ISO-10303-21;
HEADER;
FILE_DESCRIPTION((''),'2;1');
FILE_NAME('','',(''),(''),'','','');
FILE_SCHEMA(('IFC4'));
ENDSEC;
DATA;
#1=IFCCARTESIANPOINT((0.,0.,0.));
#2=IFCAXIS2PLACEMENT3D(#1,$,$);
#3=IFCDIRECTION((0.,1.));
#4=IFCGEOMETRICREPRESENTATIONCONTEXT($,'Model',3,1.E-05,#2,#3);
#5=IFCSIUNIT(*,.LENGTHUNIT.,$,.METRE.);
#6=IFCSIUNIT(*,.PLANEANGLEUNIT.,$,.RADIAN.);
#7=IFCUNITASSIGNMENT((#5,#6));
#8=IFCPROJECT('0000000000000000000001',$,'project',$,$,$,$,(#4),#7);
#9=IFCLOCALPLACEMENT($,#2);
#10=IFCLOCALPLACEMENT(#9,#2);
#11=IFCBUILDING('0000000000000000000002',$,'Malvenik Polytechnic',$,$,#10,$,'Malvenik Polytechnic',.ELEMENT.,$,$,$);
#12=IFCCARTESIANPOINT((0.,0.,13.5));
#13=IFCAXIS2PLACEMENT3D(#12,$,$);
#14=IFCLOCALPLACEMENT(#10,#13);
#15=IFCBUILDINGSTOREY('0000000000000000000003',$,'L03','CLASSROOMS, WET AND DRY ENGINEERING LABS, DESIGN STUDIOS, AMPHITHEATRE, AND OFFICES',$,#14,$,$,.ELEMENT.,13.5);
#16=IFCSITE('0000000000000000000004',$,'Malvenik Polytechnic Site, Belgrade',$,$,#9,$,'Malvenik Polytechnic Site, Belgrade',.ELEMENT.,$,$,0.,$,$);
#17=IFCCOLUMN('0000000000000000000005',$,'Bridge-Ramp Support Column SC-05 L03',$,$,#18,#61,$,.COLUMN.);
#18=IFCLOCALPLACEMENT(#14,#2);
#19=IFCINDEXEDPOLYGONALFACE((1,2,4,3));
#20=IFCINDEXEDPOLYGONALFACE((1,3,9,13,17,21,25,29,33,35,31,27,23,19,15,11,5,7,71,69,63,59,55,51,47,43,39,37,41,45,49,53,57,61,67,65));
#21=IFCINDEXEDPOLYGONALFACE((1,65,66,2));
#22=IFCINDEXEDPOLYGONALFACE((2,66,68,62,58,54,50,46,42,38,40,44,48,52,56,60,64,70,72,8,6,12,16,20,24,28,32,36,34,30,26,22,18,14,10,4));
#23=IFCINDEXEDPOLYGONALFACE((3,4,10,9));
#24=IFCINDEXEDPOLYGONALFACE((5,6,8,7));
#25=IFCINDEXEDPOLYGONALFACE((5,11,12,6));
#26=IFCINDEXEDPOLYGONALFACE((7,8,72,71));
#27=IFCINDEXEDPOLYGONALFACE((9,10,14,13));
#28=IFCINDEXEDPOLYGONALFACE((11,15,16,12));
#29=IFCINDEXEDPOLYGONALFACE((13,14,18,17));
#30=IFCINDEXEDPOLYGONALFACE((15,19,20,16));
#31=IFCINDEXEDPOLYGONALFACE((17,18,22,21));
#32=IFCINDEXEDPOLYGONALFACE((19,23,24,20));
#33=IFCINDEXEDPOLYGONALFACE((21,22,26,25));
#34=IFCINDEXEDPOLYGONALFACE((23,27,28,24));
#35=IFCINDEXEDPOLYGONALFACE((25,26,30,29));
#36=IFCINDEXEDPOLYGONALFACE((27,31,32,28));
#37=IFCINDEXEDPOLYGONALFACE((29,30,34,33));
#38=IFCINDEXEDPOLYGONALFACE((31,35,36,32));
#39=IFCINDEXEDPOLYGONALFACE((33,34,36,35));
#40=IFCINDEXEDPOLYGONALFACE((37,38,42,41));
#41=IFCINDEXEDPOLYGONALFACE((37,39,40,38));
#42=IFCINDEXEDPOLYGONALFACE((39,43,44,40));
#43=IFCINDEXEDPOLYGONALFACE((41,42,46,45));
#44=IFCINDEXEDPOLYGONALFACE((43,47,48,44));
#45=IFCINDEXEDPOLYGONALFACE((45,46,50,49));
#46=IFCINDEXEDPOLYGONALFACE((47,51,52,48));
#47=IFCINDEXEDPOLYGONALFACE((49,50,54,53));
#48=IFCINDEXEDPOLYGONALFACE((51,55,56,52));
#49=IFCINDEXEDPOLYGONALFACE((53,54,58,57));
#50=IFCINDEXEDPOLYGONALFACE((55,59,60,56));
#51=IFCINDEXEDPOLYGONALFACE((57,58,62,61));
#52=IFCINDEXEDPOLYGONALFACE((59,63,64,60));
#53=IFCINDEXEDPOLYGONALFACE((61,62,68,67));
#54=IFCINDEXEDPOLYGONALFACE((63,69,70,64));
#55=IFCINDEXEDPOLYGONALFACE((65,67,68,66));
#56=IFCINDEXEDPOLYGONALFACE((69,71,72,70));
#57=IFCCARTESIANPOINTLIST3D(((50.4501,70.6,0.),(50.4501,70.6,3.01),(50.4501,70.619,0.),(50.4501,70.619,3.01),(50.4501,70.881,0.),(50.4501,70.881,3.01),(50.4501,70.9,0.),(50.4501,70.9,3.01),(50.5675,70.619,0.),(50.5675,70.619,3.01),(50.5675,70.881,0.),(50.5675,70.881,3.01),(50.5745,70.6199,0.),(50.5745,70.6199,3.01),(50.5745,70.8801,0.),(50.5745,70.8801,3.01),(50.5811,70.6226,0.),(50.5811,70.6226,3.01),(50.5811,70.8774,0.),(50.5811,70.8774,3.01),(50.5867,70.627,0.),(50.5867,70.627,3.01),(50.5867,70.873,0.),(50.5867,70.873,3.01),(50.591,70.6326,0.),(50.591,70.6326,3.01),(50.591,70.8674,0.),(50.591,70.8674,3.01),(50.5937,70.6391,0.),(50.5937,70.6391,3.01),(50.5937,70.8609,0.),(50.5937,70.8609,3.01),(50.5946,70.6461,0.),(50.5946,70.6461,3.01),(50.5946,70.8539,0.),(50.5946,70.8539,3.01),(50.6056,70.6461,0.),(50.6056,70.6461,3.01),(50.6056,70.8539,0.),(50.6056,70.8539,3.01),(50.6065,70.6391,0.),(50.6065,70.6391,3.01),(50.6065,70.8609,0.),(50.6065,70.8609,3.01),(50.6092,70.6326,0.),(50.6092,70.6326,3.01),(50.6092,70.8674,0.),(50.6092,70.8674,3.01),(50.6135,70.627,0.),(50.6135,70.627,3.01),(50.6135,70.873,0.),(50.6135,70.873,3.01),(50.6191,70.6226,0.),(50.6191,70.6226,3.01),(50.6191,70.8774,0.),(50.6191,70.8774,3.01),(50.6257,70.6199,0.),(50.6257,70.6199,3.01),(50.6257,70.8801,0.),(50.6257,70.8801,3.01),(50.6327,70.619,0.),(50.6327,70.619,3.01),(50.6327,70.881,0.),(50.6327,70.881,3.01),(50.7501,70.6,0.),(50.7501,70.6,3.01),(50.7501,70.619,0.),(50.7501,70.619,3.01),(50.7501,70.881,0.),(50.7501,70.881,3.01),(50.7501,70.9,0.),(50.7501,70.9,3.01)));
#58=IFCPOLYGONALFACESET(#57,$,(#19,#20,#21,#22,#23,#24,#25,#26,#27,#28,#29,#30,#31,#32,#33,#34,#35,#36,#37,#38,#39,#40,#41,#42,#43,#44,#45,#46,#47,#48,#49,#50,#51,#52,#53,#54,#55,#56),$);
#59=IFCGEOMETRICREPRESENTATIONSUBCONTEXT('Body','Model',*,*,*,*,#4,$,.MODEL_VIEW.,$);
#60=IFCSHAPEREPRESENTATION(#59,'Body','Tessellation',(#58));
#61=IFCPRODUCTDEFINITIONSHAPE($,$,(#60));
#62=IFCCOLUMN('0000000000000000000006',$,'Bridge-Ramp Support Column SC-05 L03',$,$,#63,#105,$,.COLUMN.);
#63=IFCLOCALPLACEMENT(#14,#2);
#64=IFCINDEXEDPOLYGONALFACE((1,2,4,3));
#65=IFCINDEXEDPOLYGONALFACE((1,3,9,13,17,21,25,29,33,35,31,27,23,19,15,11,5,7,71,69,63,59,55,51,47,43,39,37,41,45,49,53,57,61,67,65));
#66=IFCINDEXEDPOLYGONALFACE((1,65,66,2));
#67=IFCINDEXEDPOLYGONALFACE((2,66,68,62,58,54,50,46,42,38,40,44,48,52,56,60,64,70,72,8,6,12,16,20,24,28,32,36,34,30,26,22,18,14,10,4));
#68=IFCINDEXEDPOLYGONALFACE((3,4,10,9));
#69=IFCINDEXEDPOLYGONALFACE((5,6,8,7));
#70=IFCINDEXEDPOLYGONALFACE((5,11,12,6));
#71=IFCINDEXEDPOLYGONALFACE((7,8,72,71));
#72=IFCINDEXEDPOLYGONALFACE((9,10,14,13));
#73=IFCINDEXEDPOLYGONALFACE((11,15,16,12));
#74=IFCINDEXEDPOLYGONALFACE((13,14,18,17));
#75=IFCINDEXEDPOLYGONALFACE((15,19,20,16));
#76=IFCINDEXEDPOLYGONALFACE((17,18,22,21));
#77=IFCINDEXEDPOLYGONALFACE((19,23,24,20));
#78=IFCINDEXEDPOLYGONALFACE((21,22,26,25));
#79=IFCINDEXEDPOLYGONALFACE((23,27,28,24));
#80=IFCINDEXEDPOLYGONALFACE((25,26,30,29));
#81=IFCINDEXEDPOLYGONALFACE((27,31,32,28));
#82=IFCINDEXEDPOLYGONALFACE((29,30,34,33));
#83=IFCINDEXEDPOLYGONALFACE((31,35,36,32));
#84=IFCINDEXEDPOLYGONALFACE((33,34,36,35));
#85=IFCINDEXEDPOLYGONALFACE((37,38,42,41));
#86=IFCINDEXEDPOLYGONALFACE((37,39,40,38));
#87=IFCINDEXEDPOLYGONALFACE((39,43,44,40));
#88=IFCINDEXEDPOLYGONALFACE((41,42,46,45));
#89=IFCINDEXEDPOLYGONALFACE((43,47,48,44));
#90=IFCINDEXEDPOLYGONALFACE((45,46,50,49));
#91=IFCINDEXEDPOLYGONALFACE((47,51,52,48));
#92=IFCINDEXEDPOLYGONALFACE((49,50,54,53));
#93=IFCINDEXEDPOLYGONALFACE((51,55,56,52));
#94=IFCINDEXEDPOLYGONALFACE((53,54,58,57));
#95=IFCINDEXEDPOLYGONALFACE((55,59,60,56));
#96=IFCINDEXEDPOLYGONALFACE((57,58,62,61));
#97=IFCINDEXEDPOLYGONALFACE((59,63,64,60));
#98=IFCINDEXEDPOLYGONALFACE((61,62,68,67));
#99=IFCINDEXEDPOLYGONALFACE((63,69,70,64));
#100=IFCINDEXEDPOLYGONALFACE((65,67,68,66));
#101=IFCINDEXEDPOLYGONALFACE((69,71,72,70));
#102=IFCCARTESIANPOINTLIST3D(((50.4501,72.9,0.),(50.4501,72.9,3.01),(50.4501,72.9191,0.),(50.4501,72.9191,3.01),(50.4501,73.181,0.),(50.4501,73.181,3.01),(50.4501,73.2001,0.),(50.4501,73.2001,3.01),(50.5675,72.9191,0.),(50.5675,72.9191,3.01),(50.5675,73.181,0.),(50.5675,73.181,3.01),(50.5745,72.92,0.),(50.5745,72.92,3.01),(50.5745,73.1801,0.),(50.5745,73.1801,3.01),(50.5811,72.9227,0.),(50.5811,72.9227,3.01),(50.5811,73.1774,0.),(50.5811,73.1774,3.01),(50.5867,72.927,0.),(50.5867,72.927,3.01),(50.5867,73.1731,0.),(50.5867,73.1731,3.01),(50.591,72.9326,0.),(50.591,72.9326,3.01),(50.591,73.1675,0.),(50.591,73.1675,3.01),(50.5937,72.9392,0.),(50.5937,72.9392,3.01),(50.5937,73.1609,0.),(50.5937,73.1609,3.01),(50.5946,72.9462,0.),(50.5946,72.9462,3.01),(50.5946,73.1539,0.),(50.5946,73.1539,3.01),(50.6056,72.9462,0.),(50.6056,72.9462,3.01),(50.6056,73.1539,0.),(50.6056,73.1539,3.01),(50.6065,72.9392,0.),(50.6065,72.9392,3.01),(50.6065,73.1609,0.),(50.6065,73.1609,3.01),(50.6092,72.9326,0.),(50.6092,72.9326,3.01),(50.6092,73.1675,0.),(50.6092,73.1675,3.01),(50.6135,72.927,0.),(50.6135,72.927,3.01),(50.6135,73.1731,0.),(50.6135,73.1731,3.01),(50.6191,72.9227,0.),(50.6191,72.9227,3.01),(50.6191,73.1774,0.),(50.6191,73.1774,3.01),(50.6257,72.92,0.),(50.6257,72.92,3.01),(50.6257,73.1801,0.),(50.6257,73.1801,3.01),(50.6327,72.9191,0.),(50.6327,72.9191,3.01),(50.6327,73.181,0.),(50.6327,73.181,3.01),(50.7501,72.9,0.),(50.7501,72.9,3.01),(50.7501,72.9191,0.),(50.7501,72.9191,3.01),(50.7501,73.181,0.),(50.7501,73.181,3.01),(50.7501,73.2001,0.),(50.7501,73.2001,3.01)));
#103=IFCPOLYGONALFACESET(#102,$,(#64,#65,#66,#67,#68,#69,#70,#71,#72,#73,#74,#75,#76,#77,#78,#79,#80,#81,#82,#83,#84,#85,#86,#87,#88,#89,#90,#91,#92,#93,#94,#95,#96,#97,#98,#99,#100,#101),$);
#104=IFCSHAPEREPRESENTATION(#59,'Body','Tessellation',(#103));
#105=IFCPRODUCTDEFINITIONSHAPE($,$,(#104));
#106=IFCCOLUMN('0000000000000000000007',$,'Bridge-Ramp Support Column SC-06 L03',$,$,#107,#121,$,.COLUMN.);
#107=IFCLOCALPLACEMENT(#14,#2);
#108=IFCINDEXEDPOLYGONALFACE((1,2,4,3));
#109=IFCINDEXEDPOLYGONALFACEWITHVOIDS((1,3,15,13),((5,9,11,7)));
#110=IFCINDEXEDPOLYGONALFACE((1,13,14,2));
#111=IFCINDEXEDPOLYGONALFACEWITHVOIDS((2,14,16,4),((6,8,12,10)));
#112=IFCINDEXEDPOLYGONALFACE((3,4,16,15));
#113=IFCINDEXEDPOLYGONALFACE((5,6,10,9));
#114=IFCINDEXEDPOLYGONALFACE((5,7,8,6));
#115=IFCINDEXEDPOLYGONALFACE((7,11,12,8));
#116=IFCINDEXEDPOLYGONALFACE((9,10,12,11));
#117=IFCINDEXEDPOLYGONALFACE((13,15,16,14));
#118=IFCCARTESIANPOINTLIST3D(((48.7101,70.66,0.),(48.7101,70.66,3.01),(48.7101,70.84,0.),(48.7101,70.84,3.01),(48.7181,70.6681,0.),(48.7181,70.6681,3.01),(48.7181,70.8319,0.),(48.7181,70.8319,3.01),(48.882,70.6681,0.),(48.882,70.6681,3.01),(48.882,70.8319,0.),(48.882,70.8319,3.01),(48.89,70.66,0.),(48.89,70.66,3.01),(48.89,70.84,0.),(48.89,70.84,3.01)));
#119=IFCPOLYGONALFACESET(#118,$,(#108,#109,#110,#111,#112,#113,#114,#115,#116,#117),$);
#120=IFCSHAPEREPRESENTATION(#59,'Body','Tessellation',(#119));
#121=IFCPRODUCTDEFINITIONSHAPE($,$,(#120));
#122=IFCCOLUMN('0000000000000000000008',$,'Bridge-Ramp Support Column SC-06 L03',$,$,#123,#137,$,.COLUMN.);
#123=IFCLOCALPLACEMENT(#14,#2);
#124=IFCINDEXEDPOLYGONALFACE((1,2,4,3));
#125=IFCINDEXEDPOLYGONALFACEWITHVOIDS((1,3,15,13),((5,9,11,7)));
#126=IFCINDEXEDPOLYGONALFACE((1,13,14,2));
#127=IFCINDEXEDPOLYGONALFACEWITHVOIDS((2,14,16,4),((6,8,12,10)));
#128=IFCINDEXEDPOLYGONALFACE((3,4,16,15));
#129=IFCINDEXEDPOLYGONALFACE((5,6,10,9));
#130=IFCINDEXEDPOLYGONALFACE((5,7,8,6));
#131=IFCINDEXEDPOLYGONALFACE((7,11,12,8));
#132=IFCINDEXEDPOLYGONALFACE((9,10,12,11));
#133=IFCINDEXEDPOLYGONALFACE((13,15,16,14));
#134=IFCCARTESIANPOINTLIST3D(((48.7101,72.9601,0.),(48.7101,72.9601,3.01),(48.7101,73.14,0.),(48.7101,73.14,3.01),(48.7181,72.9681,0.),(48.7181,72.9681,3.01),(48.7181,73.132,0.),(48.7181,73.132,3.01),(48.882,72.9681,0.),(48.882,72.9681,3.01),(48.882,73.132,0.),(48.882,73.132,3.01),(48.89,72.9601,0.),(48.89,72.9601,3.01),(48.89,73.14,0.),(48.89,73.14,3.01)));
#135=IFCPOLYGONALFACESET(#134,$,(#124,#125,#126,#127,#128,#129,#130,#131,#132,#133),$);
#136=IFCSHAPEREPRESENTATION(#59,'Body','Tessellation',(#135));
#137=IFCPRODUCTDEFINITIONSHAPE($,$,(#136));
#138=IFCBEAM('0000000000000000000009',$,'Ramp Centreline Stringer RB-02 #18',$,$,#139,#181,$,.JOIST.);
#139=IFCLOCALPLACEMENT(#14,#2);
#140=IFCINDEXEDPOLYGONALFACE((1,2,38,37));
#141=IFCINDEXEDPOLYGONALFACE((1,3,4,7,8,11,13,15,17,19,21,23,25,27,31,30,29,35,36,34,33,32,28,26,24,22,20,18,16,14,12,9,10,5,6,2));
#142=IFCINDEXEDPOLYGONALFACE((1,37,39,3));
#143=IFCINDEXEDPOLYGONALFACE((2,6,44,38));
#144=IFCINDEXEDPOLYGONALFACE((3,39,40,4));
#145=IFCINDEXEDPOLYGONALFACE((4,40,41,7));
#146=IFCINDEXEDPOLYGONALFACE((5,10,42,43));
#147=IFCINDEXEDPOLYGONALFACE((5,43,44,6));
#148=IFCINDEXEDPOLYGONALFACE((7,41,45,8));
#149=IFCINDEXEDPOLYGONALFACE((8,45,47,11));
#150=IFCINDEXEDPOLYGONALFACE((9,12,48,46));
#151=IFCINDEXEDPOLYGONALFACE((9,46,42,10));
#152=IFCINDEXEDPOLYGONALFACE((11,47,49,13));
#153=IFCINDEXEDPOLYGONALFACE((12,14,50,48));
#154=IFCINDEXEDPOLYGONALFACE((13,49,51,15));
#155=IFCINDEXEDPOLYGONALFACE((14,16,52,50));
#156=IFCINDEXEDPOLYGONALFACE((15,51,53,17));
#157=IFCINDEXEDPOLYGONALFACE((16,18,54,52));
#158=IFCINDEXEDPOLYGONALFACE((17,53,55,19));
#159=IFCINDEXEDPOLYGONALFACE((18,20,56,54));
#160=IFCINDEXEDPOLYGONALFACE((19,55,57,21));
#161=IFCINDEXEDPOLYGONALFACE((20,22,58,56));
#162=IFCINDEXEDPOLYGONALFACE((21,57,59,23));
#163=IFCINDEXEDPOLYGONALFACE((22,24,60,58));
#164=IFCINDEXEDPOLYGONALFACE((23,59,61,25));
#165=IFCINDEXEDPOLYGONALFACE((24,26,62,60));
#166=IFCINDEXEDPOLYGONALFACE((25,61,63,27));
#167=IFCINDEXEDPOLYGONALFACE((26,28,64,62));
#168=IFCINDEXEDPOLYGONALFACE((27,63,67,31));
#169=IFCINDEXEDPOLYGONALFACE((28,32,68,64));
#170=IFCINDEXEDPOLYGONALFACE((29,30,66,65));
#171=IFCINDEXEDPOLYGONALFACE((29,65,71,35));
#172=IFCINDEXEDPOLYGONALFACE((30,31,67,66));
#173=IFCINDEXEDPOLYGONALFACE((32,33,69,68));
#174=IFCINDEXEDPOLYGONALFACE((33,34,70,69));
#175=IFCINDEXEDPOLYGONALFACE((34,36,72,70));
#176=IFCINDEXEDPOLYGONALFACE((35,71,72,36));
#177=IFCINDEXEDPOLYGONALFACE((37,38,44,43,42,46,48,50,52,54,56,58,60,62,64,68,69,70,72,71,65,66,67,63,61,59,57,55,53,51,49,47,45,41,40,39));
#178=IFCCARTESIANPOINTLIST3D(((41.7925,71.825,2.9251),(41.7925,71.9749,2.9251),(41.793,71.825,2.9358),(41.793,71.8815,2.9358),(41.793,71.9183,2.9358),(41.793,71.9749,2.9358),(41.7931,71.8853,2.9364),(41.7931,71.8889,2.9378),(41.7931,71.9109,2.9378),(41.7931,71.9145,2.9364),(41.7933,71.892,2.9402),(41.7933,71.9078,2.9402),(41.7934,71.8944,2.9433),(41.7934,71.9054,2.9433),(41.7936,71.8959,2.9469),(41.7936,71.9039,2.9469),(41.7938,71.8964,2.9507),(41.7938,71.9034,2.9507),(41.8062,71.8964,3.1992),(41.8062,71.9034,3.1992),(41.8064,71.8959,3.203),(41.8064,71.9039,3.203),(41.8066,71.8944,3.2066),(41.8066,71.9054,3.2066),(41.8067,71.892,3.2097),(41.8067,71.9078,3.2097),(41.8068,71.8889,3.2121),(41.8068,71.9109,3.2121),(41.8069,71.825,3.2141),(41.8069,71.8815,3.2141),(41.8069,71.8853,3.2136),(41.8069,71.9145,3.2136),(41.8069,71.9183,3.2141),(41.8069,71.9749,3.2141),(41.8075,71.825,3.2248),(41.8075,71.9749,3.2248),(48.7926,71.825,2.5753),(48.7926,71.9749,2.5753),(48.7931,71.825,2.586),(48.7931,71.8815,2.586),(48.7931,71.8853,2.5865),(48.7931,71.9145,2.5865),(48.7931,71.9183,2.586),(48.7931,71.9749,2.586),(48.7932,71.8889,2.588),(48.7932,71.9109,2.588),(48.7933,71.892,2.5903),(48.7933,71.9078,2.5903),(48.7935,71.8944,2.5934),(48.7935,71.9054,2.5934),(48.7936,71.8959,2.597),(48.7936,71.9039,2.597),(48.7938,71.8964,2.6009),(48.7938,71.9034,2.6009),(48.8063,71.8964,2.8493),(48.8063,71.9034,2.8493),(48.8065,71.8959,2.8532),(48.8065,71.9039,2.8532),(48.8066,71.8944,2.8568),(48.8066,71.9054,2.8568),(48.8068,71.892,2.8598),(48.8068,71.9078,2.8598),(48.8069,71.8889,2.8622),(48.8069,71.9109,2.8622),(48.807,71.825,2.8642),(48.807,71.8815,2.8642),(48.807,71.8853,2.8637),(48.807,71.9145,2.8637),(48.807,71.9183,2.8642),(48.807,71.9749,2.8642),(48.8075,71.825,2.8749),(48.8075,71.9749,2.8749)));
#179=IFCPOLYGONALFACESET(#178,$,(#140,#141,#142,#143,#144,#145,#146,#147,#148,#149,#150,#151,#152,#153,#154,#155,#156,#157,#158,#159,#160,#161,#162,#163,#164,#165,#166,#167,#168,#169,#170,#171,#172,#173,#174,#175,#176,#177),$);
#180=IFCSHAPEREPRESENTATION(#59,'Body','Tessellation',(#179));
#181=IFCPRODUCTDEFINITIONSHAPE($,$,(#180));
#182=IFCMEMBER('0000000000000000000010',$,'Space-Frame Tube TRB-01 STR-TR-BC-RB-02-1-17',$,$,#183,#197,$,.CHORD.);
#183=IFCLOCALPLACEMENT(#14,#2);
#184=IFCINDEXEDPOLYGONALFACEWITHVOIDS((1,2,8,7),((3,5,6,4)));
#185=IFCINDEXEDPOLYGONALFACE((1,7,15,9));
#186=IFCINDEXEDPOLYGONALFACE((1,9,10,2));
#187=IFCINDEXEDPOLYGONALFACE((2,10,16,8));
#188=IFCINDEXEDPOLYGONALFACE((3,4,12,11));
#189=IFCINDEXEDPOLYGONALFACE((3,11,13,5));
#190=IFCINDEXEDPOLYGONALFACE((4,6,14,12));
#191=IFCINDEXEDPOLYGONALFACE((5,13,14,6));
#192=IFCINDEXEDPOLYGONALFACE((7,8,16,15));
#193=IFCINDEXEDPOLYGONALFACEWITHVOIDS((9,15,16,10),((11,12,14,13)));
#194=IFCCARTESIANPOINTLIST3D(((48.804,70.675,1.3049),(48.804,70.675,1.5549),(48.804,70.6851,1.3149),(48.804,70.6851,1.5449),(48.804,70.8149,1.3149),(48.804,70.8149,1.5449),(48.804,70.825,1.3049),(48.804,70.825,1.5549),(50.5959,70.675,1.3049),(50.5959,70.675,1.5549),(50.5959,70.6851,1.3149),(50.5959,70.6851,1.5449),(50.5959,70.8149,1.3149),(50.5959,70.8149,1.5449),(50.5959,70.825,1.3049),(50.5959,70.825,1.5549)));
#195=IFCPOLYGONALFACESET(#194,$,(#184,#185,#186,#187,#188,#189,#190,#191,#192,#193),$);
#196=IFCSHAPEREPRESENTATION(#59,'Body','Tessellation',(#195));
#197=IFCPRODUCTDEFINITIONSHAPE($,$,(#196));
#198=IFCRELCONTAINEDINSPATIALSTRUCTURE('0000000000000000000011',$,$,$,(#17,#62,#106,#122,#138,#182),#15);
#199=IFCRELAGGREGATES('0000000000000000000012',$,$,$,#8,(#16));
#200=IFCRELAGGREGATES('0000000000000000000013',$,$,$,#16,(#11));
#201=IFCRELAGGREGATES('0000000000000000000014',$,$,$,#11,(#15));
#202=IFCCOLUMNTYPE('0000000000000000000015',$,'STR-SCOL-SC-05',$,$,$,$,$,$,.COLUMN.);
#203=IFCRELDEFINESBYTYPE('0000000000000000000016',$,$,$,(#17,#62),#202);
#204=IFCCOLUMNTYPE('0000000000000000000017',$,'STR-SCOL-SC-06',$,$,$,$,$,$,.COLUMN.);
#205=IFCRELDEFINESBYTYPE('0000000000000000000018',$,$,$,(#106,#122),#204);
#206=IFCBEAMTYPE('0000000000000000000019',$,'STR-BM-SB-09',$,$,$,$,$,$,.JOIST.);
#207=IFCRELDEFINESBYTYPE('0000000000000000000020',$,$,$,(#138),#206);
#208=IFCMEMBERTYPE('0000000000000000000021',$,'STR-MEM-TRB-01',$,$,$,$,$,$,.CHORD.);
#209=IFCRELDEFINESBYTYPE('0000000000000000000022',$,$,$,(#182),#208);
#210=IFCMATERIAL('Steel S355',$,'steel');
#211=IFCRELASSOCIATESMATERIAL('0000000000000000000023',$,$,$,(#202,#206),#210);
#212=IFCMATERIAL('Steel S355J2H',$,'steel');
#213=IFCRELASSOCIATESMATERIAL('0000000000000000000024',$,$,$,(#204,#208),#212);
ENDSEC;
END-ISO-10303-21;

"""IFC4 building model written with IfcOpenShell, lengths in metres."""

from ifc_helpers import new_model, si_unit, direction, frame, origin, origin_2d, place, context, subcontext, project, spatial, hollow_rectangle, i_section, extrude, material, material_profile, profile_set, type_object, element, save


model = new_model("IFC4")

# Units and contexts
model_context = context("Model", 3, precision=1e-05, world=origin(), true_north=direction((0.0, 1.0)))
body_context = subcontext(model_context, "Body", "Model", "MODEL_VIEW")
ifc_project = project(units=[si_unit("LENGTHUNIT", "METRE"), si_unit("PLANEANGLEUNIT", "RADIAN")], contexts=[model_context])

# Site, building, storey
site_placement = place(None, origin())
site = spatial("IfcSite", under=ifc_project, at=site_placement, Name="Malvenik Polytechnic Site, Belgrade", LongName="Malvenik Polytechnic Site, Belgrade", CompositionType="ELEMENT", RefElevation=0.0)
building_placement = place(site_placement, origin())
building = spatial("IfcBuilding", under=site, at=building_placement, Name="Malvenik Polytechnic", LongName="Malvenik Polytechnic", CompositionType="ELEMENT")
storey_placement = place(building_placement, frame((0.0, 0.0, 13.5)))
storey = spatial("IfcBuildingStorey", under=building, at=storey_placement, Name="L03", Description="CLASSROOMS, WET AND DRY ENGINEERING LABS, DESIGN STUDIOS, AMPHITHEATRE, AND OFFICES", CompositionType="ELEMENT", Elevation=13.5)

# Columns
ifc_material_1 = material(Name="Steel S355", Category="steel")
ifc_material_profile_1 = material_profile(ifc_material_1, i_section(OverallWidth=0.3, OverallDepth=0.3, WebThickness=0.011, FlangeThickness=0.019, FilletRadius=0.0271, at=origin_2d()), Name="HEB 300")
ifc_profile_set_1 = profile_set([ifc_material_profile_1], Name="Steel S355")
column_type_1 = type_object("IfcColumnType", Name="STR-SCOL-SC-05", PredefinedType="COLUMN", material=ifc_profile_set_1)
for number, where, z_axis, x_axis, name in (
    (1, (50.6001, 70.75, 0.0), (0.0, 0.0, 1.0), (1.0, 0.0, 0.0), "Bridge-Ramp Support Column SC-05 L03"),
    (2, (50.6001, 73.05, 0.0), (0.0, 0.0, 1.0), (1.0, 0.0, 0.0), "Bridge-Ramp Support Column SC-05 L03"),
):
    element("IfcColumn", number, at=place(storey_placement, frame(where, z_axis=z_axis, x_axis=x_axis)), inside=storey, type_object=column_type_1, Name=name, PredefinedType="COLUMN", context=body_context, shape_type="SweptSolid", body=[
        extrude(i_section(OverallWidth=0.3, OverallDepth=0.3, WebThickness=0.011, FlangeThickness=0.019, FilletRadius=0.0271, at=origin_2d()), origin(), (0.0, 0.0, 1.0), 3.01),
    ])
ifc_material_2 = material(Name="Steel S355J2H", Category="steel")
ifc_material_profile_2 = material_profile(ifc_material_2, hollow_rectangle(XDim=0.1799, YDim=0.1799, WallThickness=0.0081, at=origin_2d()), Name="SHS 180x180x8.0")
ifc_profile_set_2 = profile_set([ifc_material_profile_2], Name="Steel S355J2H")
column_type_2 = type_object("IfcColumnType", Name="STR-SCOL-SC-06", PredefinedType="COLUMN", material=ifc_profile_set_2)
for number, where, z_axis, x_axis, name in (
    (3, (48.8, 70.75, 0.0), (0.0, 0.0, 1.0), (1.0, 0.0, 0.0), "Bridge-Ramp Support Column SC-06 L03"),
    (4, (48.8, 73.05, 0.0), (0.0, 0.0, 1.0), (1.0, 0.0, 0.0), "Bridge-Ramp Support Column SC-06 L03"),
):
    element("IfcColumn", number, at=place(storey_placement, frame(where, z_axis=z_axis, x_axis=x_axis)), inside=storey, type_object=column_type_2, Name=name, PredefinedType="COLUMN", context=body_context, shape_type="SweptSolid", body=[
        extrude(hollow_rectangle(XDim=0.1799, YDim=0.1799, WallThickness=0.0081, at=origin_2d()), origin(), (0.0, 0.0, 1.0), 3.01),
    ])

# Beam
ifc_material_profile_3 = material_profile(ifc_material_1, i_section(OverallWidth=0.1499, OverallDepth=0.3, WebThickness=0.0071, FlangeThickness=0.0107, FilletRadius=0.0149, at=origin_2d()), Name="IPE 300")
ifc_profile_set_3 = profile_set([ifc_material_profile_3], Name="Steel S355")
beam_type = type_object("IfcBeamType", Name="STR-BM-SB-09", PredefinedType="JOIST", material=ifc_profile_set_3)
beam_placement = place(storey_placement, frame((48.8, 71.8999, 2.7251), z_axis=(-0.998753, 0.0, 0.049917), x_axis=(0.0, -1.0, 0.0)))
element("IfcBeam", 5, at=beam_placement, inside=storey, type_object=beam_type, Name="Ramp Centreline Stringer RB-02 #18", PredefinedType="JOIST", context=body_context, shape_type="SweptSolid", body=[
    extrude(i_section(OverallWidth=0.1499, OverallDepth=0.3, WebThickness=0.0071, FlangeThickness=0.0107, FilletRadius=0.0149, at=origin_2d()), origin(), (0.0, 0.0, 1.0), 7.0088),
])

# Member
ifc_material_profile_4 = material_profile(ifc_material_2, hollow_rectangle(XDim=0.1499, YDim=0.25, WallThickness=0.01, at=origin_2d()), Name="RHS 250x150x10.0")
ifc_profile_set_4 = profile_set([ifc_material_profile_4], Name="Steel S355J2H")
member_type_1 = type_object("IfcMemberType", Name="STR-MEM-TRB-01", PredefinedType="CHORD", material=ifc_profile_set_4)
member_1_placement = place(storey_placement, frame((50.5959, 70.75, 1.4299), z_axis=(-1.0, 0.0, 0.0), x_axis=(0.0, -1.0, 0.0)))
element("IfcMember", 6, at=member_1_placement, inside=storey, type_object=member_type_1, Name="Space-Frame Tube TRB-01 STR-TR-BC-RB-02-1-17", PredefinedType="CHORD", context=body_context, shape_type="SweptSolid", body=[
    extrude(hollow_rectangle(XDim=0.1499, YDim=0.25, WallThickness=0.01, at=origin_2d()), origin(), (0.0, 0.0, 1.0), 1.792),
])

save(model, "model.ifc")
